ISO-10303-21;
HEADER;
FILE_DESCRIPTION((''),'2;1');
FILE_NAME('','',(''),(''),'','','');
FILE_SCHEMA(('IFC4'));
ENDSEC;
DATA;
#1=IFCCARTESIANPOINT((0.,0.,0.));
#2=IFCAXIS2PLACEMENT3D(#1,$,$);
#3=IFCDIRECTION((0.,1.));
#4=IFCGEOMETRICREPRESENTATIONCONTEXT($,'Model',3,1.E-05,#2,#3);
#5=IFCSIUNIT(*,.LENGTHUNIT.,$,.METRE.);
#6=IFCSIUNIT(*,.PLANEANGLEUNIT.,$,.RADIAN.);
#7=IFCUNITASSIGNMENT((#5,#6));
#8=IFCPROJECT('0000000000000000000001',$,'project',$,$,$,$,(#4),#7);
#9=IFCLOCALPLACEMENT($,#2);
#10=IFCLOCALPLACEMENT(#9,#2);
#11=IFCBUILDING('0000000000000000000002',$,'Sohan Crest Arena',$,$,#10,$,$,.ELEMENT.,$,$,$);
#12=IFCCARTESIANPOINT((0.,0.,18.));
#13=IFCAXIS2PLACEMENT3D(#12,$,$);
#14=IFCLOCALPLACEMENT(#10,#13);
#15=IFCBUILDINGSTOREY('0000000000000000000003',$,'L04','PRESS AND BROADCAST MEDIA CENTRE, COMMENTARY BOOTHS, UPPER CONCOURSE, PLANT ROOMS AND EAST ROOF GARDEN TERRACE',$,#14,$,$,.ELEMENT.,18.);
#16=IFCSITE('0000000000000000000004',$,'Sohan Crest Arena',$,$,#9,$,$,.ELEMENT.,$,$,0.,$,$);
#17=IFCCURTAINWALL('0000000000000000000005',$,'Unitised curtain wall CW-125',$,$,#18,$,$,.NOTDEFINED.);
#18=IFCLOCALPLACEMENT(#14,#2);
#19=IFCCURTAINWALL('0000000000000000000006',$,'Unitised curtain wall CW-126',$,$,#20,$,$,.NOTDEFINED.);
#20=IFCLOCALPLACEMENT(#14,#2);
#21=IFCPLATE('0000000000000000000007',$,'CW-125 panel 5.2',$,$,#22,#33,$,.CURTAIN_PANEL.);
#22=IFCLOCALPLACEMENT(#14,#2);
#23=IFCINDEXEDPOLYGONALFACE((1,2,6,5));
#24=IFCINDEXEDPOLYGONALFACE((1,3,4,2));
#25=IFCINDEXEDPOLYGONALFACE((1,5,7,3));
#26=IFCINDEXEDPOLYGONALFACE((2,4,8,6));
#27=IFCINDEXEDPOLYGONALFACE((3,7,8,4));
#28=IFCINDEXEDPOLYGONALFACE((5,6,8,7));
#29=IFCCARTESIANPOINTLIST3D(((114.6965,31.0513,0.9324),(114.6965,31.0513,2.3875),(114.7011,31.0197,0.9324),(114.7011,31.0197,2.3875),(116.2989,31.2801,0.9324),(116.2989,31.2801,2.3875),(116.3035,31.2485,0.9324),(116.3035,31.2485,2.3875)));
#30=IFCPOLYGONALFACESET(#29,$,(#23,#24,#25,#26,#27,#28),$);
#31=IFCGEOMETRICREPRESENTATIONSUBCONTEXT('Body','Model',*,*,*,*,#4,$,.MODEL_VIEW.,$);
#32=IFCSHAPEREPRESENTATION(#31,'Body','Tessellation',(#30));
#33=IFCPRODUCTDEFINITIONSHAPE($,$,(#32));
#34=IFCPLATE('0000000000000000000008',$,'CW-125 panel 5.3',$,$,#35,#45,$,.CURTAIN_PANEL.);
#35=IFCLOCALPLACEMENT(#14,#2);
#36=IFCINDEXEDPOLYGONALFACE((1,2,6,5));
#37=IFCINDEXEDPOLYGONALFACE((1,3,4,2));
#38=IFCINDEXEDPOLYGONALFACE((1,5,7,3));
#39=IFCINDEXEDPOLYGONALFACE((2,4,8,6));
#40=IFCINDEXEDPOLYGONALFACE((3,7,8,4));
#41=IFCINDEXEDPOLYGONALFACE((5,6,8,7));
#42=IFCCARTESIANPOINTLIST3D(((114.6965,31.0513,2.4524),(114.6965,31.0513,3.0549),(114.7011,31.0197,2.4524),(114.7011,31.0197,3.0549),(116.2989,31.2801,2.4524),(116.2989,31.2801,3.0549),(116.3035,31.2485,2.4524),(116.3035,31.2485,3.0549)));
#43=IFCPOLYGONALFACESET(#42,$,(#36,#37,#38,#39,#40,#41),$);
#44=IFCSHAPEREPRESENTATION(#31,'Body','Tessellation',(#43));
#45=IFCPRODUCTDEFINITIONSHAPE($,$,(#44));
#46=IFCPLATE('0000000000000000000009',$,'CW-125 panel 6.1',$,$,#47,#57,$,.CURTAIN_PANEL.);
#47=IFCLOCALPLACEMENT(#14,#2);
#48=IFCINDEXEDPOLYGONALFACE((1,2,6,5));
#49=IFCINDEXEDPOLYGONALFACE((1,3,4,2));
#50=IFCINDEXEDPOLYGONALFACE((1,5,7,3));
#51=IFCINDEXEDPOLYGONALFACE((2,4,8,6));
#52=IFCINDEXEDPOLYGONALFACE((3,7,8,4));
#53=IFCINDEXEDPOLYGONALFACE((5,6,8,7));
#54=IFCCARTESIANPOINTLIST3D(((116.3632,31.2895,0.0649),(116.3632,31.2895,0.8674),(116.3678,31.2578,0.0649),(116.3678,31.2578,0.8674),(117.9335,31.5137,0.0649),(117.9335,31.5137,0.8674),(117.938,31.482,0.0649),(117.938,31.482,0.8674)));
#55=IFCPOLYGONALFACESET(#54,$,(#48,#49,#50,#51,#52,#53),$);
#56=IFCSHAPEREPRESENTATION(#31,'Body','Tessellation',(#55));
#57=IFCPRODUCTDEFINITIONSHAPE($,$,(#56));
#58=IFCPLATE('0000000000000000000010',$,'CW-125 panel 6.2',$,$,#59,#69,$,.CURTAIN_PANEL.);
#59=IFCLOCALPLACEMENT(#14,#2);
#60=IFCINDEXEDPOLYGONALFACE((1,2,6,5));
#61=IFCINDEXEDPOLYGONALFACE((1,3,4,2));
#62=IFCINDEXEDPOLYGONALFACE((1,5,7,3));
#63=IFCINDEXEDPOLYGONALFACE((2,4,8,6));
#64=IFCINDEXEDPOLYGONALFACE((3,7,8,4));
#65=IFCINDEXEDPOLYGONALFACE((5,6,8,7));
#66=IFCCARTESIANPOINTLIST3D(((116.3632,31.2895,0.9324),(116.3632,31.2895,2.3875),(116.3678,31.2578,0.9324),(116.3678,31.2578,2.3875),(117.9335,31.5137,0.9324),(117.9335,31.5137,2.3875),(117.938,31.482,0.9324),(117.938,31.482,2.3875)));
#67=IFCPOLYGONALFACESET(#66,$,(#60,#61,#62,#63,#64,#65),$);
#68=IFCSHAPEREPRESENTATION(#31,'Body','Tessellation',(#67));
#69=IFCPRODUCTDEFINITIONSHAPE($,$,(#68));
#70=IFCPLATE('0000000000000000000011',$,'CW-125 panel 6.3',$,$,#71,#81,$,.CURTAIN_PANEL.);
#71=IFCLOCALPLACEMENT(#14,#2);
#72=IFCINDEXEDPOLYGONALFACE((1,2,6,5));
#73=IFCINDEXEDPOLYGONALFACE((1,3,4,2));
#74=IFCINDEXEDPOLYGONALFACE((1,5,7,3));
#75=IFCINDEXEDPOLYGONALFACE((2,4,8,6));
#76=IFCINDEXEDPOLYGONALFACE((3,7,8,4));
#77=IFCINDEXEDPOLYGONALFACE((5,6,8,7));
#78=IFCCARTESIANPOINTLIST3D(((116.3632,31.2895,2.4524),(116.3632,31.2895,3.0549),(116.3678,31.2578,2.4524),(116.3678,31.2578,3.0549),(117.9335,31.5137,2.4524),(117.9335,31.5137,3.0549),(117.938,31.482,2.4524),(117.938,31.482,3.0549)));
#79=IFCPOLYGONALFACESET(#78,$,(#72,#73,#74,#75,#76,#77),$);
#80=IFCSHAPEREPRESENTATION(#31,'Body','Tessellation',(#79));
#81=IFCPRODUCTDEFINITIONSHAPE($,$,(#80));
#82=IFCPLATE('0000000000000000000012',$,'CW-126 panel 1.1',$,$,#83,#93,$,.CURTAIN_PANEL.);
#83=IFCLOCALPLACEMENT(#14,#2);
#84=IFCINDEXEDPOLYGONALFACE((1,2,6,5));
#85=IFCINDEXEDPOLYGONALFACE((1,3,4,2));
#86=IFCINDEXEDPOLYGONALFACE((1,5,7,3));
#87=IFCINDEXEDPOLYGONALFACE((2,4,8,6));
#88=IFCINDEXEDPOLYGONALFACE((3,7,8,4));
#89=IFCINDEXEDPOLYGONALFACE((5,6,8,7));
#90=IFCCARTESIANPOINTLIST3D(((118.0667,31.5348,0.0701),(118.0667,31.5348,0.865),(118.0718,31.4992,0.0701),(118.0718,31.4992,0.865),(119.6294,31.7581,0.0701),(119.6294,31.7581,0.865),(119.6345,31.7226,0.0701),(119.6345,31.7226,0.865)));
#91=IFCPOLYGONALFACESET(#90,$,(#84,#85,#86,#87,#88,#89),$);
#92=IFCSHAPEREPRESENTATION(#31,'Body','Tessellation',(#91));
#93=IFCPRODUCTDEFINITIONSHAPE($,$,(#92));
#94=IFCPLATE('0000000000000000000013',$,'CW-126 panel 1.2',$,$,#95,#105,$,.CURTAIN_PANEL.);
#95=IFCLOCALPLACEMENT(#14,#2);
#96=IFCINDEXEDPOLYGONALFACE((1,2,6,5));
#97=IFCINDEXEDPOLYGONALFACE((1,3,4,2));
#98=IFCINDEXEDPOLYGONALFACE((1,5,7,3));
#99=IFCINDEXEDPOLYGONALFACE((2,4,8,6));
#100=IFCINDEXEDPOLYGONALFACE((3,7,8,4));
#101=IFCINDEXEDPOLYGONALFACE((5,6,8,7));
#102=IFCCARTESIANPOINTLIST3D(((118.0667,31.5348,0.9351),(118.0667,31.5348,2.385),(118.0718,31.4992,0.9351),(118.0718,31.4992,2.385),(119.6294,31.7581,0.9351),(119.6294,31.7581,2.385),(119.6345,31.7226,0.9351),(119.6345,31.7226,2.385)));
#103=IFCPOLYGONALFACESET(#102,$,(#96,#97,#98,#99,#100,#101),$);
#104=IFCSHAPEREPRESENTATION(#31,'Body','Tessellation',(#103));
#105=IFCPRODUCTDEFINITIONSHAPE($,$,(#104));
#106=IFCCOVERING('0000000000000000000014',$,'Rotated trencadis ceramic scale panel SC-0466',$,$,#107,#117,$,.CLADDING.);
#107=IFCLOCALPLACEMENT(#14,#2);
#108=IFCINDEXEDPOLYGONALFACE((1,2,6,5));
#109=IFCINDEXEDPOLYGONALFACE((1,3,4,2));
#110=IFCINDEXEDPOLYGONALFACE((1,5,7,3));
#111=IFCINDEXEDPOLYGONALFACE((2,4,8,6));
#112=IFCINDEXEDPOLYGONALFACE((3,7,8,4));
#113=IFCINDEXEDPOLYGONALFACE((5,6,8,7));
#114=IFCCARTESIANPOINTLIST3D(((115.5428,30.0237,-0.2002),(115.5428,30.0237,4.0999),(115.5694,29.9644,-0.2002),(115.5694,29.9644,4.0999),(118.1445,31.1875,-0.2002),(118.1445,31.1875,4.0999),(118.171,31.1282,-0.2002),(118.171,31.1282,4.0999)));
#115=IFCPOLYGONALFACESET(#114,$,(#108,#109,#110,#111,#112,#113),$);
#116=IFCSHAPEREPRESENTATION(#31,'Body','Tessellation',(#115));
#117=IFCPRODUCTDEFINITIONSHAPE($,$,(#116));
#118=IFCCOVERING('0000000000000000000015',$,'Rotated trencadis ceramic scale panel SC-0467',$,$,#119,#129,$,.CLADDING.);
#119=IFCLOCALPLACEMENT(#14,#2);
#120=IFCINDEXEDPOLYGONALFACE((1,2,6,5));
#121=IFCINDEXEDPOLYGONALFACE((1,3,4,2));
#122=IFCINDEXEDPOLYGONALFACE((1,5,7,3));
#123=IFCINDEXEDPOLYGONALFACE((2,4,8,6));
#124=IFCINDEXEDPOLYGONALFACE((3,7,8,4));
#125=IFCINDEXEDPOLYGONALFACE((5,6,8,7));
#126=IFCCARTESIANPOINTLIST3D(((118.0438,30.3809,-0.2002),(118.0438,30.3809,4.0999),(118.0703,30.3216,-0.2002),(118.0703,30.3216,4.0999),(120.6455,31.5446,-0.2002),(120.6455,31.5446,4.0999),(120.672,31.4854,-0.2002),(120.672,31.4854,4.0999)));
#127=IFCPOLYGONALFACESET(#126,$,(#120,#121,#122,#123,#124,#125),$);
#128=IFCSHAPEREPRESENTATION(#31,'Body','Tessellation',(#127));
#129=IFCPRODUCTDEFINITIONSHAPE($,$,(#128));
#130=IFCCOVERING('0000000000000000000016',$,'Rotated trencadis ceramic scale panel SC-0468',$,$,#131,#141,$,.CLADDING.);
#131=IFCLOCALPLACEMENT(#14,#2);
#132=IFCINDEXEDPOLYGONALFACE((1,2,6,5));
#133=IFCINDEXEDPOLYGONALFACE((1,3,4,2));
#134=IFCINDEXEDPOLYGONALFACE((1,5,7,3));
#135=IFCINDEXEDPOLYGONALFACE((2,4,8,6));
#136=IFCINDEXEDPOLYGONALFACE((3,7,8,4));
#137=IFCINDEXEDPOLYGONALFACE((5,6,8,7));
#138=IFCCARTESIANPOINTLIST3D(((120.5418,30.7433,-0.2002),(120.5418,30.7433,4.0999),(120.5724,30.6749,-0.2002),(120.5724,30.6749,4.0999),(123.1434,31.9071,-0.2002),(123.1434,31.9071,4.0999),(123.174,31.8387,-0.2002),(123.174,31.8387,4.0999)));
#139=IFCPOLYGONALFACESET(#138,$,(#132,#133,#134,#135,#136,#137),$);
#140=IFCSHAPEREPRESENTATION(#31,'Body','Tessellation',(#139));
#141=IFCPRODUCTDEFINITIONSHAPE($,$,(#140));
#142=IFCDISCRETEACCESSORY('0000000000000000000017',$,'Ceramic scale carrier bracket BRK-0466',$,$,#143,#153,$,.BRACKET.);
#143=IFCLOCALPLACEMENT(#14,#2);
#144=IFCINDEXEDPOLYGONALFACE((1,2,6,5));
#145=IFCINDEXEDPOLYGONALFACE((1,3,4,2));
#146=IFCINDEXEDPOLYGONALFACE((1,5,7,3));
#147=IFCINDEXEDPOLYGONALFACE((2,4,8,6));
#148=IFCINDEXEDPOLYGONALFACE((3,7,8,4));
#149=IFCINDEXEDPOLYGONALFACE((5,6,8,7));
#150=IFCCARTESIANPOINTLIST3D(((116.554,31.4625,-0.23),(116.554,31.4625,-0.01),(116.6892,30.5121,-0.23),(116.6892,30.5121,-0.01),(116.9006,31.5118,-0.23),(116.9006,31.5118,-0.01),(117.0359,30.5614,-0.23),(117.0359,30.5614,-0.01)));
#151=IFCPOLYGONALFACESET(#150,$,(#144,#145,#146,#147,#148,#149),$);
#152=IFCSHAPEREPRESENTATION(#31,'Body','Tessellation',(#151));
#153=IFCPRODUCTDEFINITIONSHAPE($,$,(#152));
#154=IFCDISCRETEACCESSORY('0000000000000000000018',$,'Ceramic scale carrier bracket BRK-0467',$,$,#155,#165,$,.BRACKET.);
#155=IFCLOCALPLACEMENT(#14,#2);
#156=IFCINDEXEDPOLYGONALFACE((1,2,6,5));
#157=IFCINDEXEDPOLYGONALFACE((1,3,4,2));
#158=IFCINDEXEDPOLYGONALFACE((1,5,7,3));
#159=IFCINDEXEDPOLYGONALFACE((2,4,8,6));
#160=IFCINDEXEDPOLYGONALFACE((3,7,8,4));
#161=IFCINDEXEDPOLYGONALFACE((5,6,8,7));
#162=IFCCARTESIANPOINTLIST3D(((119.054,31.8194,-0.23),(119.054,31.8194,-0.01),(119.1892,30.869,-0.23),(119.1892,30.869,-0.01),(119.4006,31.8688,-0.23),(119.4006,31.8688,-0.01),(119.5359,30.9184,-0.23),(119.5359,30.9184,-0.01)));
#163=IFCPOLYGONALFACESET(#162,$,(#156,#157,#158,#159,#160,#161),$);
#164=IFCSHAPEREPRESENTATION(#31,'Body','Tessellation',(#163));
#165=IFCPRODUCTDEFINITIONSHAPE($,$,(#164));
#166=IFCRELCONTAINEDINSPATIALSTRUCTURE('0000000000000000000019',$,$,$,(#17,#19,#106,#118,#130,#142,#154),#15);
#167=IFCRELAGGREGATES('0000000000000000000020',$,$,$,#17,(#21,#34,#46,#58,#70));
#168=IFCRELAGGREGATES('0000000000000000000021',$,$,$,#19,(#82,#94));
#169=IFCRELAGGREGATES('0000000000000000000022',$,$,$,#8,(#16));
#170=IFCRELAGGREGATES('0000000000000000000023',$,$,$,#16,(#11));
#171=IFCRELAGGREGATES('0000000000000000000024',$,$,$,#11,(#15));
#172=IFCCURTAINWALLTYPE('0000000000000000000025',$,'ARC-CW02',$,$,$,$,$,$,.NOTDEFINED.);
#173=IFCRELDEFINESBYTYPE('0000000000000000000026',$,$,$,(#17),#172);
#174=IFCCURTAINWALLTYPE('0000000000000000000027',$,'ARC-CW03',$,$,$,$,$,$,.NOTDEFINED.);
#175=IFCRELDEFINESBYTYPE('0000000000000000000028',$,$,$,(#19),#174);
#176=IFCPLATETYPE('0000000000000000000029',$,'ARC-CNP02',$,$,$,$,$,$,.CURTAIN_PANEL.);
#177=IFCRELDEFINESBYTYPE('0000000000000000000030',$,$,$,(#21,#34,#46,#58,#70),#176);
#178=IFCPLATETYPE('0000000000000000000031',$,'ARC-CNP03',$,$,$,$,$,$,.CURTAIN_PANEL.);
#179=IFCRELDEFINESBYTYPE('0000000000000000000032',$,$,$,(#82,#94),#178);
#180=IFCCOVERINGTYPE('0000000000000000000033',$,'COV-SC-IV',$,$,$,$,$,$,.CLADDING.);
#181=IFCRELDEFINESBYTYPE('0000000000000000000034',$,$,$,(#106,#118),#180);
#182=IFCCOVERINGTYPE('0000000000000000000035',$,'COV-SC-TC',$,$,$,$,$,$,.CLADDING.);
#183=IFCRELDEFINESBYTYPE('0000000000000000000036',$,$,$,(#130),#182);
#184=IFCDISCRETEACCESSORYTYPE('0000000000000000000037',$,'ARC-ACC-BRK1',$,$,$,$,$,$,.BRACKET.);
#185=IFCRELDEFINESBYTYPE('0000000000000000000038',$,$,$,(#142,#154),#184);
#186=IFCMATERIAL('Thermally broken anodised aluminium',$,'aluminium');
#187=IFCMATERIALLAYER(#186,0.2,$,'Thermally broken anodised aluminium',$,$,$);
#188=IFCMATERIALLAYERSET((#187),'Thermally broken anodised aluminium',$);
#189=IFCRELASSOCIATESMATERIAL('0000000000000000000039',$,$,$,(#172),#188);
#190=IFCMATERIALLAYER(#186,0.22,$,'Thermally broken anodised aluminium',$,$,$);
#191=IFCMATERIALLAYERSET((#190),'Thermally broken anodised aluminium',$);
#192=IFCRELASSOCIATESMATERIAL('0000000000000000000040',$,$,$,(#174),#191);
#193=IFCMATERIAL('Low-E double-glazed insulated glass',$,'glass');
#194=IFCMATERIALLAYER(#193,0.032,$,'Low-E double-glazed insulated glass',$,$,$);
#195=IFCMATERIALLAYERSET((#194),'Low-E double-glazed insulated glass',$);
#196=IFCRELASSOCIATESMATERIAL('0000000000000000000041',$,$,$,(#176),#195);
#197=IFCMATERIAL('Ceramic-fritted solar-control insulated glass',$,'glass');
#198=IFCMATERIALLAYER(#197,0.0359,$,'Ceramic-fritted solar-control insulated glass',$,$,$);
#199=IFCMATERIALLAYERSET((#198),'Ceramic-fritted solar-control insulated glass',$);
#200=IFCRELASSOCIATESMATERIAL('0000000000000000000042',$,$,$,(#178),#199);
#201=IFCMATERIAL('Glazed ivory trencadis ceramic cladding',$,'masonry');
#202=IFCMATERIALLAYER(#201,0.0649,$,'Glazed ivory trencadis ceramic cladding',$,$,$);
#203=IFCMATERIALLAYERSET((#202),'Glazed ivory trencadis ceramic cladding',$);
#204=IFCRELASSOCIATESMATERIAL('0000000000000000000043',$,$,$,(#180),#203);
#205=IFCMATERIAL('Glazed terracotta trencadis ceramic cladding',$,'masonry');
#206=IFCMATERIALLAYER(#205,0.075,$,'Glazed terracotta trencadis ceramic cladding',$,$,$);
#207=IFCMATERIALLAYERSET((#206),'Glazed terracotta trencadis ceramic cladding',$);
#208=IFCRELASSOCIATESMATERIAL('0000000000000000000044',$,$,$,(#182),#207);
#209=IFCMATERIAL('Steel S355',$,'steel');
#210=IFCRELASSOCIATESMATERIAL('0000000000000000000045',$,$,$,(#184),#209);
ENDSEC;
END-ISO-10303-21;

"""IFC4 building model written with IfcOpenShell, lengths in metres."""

from ifc_helpers import new_model, si_unit, direction, frame, origin, origin_2d, place, context, subcontext, project, spatial, rectangle, extrude, material, layer, layer_set, type_object, element, aggregate, save


model = new_model("IFC4")

# Units and contexts
model_context = context("Model", 3, precision=1e-05, world=origin(), true_north=direction((0.0, 1.0)))
body_context = subcontext(model_context, "Body", "Model", "MODEL_VIEW")
ifc_project = project(units=[si_unit("LENGTHUNIT", "METRE"), si_unit("PLANEANGLEUNIT", "RADIAN")], contexts=[model_context])

# Site, building, storey
site_placement = place(None, origin())
site = spatial("IfcSite", under=ifc_project, at=site_placement, Name="Sohan Crest Arena", CompositionType="ELEMENT", RefElevation=0.0)
building_placement = place(site_placement, origin())
building = spatial("IfcBuilding", under=site, at=building_placement, Name="Sohan Crest Arena", CompositionType="ELEMENT")
storey_placement = place(building_placement, frame((0.0, 0.0, 18.0)))
storey = spatial("IfcBuildingStorey", under=building, at=storey_placement, Name="L04", Description="PRESS AND BROADCAST MEDIA CENTRE, COMMENTARY BOOTHS, UPPER CONCOURSE, PLANT ROOMS AND EAST ROOF GARDEN TERRACE", CompositionType="ELEMENT", Elevation=18.0)

# Curtain wall
ifc_material_1 = material(Name="Thermally broken anodised aluminium", Category="aluminium")
ifc_layer_1 = layer(ifc_material_1, 0.2, Name="Thermally broken anodised aluminium")
ifc_layer_set_1 = layer_set([ifc_layer_1], Name="Thermally broken anodised aluminium")
curtain_wall_type_1 = type_object("IfcCurtainWallType", Name="ARC-CW02", PredefinedType="NOTDEFINED", material=ifc_layer_set_1)
curtain_wall_1_placement = place(storey_placement, origin())
curtain_wall_1 = element("IfcCurtainWall", 1, at=curtain_wall_1_placement, inside=storey, type_object=curtain_wall_type_1, Name="Unitised curtain wall CW-125", PredefinedType="NOTDEFINED")

# Curtain wall
ifc_layer_2 = layer(ifc_material_1, 0.22, Name="Thermally broken anodised aluminium")
ifc_layer_set_2 = layer_set([ifc_layer_2], Name="Thermally broken anodised aluminium")
curtain_wall_type_2 = type_object("IfcCurtainWallType", Name="ARC-CW03", PredefinedType="NOTDEFINED", material=ifc_layer_set_2)
curtain_wall_2_placement = place(storey_placement, origin())
curtain_wall_2 = element("IfcCurtainWall", 2, at=curtain_wall_2_placement, inside=storey, type_object=curtain_wall_type_2, Name="Unitised curtain wall CW-126", PredefinedType="NOTDEFINED")

# Plates
ifc_material_2 = material(Name="Low-E double-glazed insulated glass", Category="glass")
ifc_layer_3 = layer(ifc_material_2, 0.032, Name="Low-E double-glazed insulated glass")
ifc_layer_set_3 = layer_set([ifc_layer_3], Name="Low-E double-glazed insulated glass")
plate_type_1 = type_object("IfcPlateType", Name="ARC-CNP02", PredefinedType="CURTAIN_PANEL", material=ifc_layer_set_3)
plate_1_placement = place(storey_placement, frame((115.5, 31.1499, 0.9324), z_axis=(0.0, 0.0, 1.0), x_axis=(0.989957, 0.141366, 0.0)))
plate_1 = element("IfcPlate", 3, at=plate_1_placement, type_object=plate_type_1, Name="CW-125 panel 5.2", PredefinedType="CURTAIN_PANEL", context=body_context, shape_type="SweptSolid", body=[
    extrude(rectangle(XDim=1.6187, YDim=0.032, at=origin_2d()), origin(), (0.0, 0.0, 1.0), 1.4551),
])
plate_2_placement = place(storey_placement, frame((115.5, 31.1499, 2.4524), z_axis=(0.0, 0.0, 1.0), x_axis=(0.989957, 0.141366, 0.0)))
plate_2 = element("IfcPlate", 4, at=plate_2_placement, type_object=plate_type_1, Name="CW-125 panel 5.3", PredefinedType="CURTAIN_PANEL", context=body_context, shape_type="SweptSolid", body=[
    extrude(rectangle(XDim=1.6187, YDim=0.032, at=origin_2d()), origin(), (0.0, 0.0, 1.0), 0.6025),
])
plate_3_placement = place(storey_placement, frame((117.1506, 31.3857, 0.0649), z_axis=(0.0, 0.0, 1.0), x_axis=(0.989957, 0.141366, 0.0)))
plate_3 = element("IfcPlate", 5, at=plate_3_placement, type_object=plate_type_1, Name="CW-125 panel 6.1", PredefinedType="CURTAIN_PANEL", context=body_context, shape_type="SweptSolid", body=[
    extrude(rectangle(XDim=1.5862, YDim=0.032, at=origin_2d()), origin(), (0.0, 0.0, 1.0), 0.8025),
])
plate_4_placement = place(storey_placement, frame((117.1506, 31.3857, 0.9324), z_axis=(0.0, 0.0, 1.0), x_axis=(0.989957, 0.141366, 0.0)))
plate_4 = element("IfcPlate", 6, at=plate_4_placement, type_object=plate_type_1, Name="CW-125 panel 6.2", PredefinedType="CURTAIN_PANEL", context=body_context, shape_type="SweptSolid", body=[
    extrude(rectangle(XDim=1.5862, YDim=0.032, at=origin_2d()), origin(), (0.0, 0.0, 1.0), 1.4551),
])
plate_5_placement = place(storey_placement, frame((117.1506, 31.3857, 2.4524), z_axis=(0.0, 0.0, 1.0), x_axis=(0.989957, 0.141366, 0.0)))
plate_5 = element("IfcPlate", 7, at=plate_5_placement, type_object=plate_type_1, Name="CW-125 panel 6.3", PredefinedType="CURTAIN_PANEL", context=body_context, shape_type="SweptSolid", body=[
    extrude(rectangle(XDim=1.5862, YDim=0.032, at=origin_2d()), origin(), (0.0, 0.0, 1.0), 0.6025),
])
aggregate(curtain_wall_1, [plate_1, plate_2, plate_3, plate_4, plate_5])
ifc_material_3 = material(Name="Ceramic-fritted solar-control insulated glass", Category="glass")
ifc_layer_4 = layer(ifc_material_3, 0.0359, Name="Ceramic-fritted solar-control insulated glass")
ifc_layer_set_4 = layer_set([ifc_layer_4], Name="Ceramic-fritted solar-control insulated glass")
plate_type_2 = type_object("IfcPlateType", Name="ARC-CNP03", PredefinedType="CURTAIN_PANEL", material=ifc_layer_set_4)
plate_6_placement = place(storey_placement, frame((118.8506, 31.6287, 0.0701), z_axis=(0.0, 0.0, 1.0), x_axis=(0.989944, 0.141463, 0.0)))
plate_6 = element("IfcPlate", 8, at=plate_6_placement, type_object=plate_type_2, Name="CW-126 panel 1.1", PredefinedType="CURTAIN_PANEL", context=body_context, shape_type="SweptSolid", body=[
    extrude(rectangle(XDim=1.5786, YDim=0.0359, at=origin_2d()), origin(), (0.0, 0.0, 1.0), 0.7949),
])
plate_7_placement = place(storey_placement, frame((118.8506, 31.6287, 0.9351), z_axis=(0.0, 0.0, 1.0), x_axis=(0.989944, 0.141463, 0.0)))
plate_7 = element("IfcPlate", 9, at=plate_7_placement, type_object=plate_type_2, Name="CW-126 panel 1.2", PredefinedType="CURTAIN_PANEL", context=body_context, shape_type="SweptSolid", body=[
    extrude(rectangle(XDim=1.5786, YDim=0.0359, at=origin_2d()), origin(), (0.0, 0.0, 1.0), 1.45),
])
aggregate(curtain_wall_2, [plate_6, plate_7])

# Coverings
ifc_material_4 = material(Name="Glazed ivory trencadis ceramic cladding", Category="masonry")
ifc_layer_5 = layer(ifc_material_4, 0.0649, Name="Glazed ivory trencadis ceramic cladding")
ifc_layer_set_5 = layer_set([ifc_layer_5], Name="Glazed ivory trencadis ceramic cladding")
covering_type_1 = type_object("IfcCoveringType", Name="COV-SC-IV", PredefinedType="CLADDING", material=ifc_layer_set_5)
for number, where, z_axis, x_axis, name in (
    (10, (116.8569, 30.5759, -0.2002), (0.0, 0.0, 1.0), (0.912834, 0.40833, 0.0), "Rotated trencadis ceramic scale panel SC-0466"),
    (11, (119.3579, 30.9331, -0.2002), (0.0, 0.0, 1.0), (0.912834, 0.40833, 0.0), "Rotated trencadis ceramic scale panel SC-0467"),
):
    element("IfcCovering", number, at=place(storey_placement, frame(where, z_axis=z_axis, x_axis=x_axis)), inside=storey, type_object=covering_type_1, Name=name, PredefinedType="CLADDING", context=body_context, shape_type="SweptSolid", body=[
        extrude(rectangle(XDim=2.8501, YDim=0.0649, at=origin_2d()), origin(), (0.0, 0.0, 1.0), 4.3),
    ])
ifc_material_5 = material(Name="Glazed terracotta trencadis ceramic cladding", Category="masonry")
ifc_layer_6 = layer(ifc_material_5, 0.075, Name="Glazed terracotta trencadis ceramic cladding")
ifc_layer_set_6 = layer_set([ifc_layer_6], Name="Glazed terracotta trencadis ceramic cladding")
covering_type_2 = type_object("IfcCoveringType", Name="COV-SC-TC", PredefinedType="CLADDING", material=ifc_layer_set_6)
covering_placement = place(storey_placement, frame((121.8579, 31.291, -0.2002), z_axis=(0.0, 0.0, 1.0), x_axis=(0.912834, 0.40833, 0.0)))
element("IfcCovering", 12, at=covering_placement, inside=storey, type_object=covering_type_2, Name="Rotated trencadis ceramic scale panel SC-0468", PredefinedType="CLADDING", context=body_context, shape_type="SweptSolid", body=[
    extrude(rectangle(XDim=2.8501, YDim=0.075, at=origin_2d()), origin(), (0.0, 0.0, 1.0), 4.3),
])

# Discrete accessories
ifc_material_6 = material(Name="Steel S355", Category="steel")
discrete_accessory_type = type_object("IfcDiscreteAccessoryType", Name="ARC-ACC-BRK1", PredefinedType="BRACKET", material=ifc_material_6)
for number, where, z_axis, x_axis, name in (
    (13, (116.7949, 31.012, -0.23), (0.0, 0.0, 1.0), (0.990024, 0.140901, 0.0), "Ceramic scale carrier bracket BRK-0466"),
    (14, (119.2949, 31.3689, -0.23), (0.0, 0.0, 1.0), (0.990024, 0.140901, 0.0), "Ceramic scale carrier bracket BRK-0467"),
):
    element("IfcDiscreteAccessory", number, at=place(storey_placement, frame(where, z_axis=z_axis, x_axis=x_axis)), inside=storey, type_object=discrete_accessory_type, Name=name, PredefinedType="BRACKET", context=body_context, shape_type="SweptSolid", body=[
        extrude(rectangle(XDim=0.3501, YDim=0.96, at=origin_2d()), origin(), (0.0, 0.0, 1.0), 0.22),
    ])

save(model, "model.ifc")
